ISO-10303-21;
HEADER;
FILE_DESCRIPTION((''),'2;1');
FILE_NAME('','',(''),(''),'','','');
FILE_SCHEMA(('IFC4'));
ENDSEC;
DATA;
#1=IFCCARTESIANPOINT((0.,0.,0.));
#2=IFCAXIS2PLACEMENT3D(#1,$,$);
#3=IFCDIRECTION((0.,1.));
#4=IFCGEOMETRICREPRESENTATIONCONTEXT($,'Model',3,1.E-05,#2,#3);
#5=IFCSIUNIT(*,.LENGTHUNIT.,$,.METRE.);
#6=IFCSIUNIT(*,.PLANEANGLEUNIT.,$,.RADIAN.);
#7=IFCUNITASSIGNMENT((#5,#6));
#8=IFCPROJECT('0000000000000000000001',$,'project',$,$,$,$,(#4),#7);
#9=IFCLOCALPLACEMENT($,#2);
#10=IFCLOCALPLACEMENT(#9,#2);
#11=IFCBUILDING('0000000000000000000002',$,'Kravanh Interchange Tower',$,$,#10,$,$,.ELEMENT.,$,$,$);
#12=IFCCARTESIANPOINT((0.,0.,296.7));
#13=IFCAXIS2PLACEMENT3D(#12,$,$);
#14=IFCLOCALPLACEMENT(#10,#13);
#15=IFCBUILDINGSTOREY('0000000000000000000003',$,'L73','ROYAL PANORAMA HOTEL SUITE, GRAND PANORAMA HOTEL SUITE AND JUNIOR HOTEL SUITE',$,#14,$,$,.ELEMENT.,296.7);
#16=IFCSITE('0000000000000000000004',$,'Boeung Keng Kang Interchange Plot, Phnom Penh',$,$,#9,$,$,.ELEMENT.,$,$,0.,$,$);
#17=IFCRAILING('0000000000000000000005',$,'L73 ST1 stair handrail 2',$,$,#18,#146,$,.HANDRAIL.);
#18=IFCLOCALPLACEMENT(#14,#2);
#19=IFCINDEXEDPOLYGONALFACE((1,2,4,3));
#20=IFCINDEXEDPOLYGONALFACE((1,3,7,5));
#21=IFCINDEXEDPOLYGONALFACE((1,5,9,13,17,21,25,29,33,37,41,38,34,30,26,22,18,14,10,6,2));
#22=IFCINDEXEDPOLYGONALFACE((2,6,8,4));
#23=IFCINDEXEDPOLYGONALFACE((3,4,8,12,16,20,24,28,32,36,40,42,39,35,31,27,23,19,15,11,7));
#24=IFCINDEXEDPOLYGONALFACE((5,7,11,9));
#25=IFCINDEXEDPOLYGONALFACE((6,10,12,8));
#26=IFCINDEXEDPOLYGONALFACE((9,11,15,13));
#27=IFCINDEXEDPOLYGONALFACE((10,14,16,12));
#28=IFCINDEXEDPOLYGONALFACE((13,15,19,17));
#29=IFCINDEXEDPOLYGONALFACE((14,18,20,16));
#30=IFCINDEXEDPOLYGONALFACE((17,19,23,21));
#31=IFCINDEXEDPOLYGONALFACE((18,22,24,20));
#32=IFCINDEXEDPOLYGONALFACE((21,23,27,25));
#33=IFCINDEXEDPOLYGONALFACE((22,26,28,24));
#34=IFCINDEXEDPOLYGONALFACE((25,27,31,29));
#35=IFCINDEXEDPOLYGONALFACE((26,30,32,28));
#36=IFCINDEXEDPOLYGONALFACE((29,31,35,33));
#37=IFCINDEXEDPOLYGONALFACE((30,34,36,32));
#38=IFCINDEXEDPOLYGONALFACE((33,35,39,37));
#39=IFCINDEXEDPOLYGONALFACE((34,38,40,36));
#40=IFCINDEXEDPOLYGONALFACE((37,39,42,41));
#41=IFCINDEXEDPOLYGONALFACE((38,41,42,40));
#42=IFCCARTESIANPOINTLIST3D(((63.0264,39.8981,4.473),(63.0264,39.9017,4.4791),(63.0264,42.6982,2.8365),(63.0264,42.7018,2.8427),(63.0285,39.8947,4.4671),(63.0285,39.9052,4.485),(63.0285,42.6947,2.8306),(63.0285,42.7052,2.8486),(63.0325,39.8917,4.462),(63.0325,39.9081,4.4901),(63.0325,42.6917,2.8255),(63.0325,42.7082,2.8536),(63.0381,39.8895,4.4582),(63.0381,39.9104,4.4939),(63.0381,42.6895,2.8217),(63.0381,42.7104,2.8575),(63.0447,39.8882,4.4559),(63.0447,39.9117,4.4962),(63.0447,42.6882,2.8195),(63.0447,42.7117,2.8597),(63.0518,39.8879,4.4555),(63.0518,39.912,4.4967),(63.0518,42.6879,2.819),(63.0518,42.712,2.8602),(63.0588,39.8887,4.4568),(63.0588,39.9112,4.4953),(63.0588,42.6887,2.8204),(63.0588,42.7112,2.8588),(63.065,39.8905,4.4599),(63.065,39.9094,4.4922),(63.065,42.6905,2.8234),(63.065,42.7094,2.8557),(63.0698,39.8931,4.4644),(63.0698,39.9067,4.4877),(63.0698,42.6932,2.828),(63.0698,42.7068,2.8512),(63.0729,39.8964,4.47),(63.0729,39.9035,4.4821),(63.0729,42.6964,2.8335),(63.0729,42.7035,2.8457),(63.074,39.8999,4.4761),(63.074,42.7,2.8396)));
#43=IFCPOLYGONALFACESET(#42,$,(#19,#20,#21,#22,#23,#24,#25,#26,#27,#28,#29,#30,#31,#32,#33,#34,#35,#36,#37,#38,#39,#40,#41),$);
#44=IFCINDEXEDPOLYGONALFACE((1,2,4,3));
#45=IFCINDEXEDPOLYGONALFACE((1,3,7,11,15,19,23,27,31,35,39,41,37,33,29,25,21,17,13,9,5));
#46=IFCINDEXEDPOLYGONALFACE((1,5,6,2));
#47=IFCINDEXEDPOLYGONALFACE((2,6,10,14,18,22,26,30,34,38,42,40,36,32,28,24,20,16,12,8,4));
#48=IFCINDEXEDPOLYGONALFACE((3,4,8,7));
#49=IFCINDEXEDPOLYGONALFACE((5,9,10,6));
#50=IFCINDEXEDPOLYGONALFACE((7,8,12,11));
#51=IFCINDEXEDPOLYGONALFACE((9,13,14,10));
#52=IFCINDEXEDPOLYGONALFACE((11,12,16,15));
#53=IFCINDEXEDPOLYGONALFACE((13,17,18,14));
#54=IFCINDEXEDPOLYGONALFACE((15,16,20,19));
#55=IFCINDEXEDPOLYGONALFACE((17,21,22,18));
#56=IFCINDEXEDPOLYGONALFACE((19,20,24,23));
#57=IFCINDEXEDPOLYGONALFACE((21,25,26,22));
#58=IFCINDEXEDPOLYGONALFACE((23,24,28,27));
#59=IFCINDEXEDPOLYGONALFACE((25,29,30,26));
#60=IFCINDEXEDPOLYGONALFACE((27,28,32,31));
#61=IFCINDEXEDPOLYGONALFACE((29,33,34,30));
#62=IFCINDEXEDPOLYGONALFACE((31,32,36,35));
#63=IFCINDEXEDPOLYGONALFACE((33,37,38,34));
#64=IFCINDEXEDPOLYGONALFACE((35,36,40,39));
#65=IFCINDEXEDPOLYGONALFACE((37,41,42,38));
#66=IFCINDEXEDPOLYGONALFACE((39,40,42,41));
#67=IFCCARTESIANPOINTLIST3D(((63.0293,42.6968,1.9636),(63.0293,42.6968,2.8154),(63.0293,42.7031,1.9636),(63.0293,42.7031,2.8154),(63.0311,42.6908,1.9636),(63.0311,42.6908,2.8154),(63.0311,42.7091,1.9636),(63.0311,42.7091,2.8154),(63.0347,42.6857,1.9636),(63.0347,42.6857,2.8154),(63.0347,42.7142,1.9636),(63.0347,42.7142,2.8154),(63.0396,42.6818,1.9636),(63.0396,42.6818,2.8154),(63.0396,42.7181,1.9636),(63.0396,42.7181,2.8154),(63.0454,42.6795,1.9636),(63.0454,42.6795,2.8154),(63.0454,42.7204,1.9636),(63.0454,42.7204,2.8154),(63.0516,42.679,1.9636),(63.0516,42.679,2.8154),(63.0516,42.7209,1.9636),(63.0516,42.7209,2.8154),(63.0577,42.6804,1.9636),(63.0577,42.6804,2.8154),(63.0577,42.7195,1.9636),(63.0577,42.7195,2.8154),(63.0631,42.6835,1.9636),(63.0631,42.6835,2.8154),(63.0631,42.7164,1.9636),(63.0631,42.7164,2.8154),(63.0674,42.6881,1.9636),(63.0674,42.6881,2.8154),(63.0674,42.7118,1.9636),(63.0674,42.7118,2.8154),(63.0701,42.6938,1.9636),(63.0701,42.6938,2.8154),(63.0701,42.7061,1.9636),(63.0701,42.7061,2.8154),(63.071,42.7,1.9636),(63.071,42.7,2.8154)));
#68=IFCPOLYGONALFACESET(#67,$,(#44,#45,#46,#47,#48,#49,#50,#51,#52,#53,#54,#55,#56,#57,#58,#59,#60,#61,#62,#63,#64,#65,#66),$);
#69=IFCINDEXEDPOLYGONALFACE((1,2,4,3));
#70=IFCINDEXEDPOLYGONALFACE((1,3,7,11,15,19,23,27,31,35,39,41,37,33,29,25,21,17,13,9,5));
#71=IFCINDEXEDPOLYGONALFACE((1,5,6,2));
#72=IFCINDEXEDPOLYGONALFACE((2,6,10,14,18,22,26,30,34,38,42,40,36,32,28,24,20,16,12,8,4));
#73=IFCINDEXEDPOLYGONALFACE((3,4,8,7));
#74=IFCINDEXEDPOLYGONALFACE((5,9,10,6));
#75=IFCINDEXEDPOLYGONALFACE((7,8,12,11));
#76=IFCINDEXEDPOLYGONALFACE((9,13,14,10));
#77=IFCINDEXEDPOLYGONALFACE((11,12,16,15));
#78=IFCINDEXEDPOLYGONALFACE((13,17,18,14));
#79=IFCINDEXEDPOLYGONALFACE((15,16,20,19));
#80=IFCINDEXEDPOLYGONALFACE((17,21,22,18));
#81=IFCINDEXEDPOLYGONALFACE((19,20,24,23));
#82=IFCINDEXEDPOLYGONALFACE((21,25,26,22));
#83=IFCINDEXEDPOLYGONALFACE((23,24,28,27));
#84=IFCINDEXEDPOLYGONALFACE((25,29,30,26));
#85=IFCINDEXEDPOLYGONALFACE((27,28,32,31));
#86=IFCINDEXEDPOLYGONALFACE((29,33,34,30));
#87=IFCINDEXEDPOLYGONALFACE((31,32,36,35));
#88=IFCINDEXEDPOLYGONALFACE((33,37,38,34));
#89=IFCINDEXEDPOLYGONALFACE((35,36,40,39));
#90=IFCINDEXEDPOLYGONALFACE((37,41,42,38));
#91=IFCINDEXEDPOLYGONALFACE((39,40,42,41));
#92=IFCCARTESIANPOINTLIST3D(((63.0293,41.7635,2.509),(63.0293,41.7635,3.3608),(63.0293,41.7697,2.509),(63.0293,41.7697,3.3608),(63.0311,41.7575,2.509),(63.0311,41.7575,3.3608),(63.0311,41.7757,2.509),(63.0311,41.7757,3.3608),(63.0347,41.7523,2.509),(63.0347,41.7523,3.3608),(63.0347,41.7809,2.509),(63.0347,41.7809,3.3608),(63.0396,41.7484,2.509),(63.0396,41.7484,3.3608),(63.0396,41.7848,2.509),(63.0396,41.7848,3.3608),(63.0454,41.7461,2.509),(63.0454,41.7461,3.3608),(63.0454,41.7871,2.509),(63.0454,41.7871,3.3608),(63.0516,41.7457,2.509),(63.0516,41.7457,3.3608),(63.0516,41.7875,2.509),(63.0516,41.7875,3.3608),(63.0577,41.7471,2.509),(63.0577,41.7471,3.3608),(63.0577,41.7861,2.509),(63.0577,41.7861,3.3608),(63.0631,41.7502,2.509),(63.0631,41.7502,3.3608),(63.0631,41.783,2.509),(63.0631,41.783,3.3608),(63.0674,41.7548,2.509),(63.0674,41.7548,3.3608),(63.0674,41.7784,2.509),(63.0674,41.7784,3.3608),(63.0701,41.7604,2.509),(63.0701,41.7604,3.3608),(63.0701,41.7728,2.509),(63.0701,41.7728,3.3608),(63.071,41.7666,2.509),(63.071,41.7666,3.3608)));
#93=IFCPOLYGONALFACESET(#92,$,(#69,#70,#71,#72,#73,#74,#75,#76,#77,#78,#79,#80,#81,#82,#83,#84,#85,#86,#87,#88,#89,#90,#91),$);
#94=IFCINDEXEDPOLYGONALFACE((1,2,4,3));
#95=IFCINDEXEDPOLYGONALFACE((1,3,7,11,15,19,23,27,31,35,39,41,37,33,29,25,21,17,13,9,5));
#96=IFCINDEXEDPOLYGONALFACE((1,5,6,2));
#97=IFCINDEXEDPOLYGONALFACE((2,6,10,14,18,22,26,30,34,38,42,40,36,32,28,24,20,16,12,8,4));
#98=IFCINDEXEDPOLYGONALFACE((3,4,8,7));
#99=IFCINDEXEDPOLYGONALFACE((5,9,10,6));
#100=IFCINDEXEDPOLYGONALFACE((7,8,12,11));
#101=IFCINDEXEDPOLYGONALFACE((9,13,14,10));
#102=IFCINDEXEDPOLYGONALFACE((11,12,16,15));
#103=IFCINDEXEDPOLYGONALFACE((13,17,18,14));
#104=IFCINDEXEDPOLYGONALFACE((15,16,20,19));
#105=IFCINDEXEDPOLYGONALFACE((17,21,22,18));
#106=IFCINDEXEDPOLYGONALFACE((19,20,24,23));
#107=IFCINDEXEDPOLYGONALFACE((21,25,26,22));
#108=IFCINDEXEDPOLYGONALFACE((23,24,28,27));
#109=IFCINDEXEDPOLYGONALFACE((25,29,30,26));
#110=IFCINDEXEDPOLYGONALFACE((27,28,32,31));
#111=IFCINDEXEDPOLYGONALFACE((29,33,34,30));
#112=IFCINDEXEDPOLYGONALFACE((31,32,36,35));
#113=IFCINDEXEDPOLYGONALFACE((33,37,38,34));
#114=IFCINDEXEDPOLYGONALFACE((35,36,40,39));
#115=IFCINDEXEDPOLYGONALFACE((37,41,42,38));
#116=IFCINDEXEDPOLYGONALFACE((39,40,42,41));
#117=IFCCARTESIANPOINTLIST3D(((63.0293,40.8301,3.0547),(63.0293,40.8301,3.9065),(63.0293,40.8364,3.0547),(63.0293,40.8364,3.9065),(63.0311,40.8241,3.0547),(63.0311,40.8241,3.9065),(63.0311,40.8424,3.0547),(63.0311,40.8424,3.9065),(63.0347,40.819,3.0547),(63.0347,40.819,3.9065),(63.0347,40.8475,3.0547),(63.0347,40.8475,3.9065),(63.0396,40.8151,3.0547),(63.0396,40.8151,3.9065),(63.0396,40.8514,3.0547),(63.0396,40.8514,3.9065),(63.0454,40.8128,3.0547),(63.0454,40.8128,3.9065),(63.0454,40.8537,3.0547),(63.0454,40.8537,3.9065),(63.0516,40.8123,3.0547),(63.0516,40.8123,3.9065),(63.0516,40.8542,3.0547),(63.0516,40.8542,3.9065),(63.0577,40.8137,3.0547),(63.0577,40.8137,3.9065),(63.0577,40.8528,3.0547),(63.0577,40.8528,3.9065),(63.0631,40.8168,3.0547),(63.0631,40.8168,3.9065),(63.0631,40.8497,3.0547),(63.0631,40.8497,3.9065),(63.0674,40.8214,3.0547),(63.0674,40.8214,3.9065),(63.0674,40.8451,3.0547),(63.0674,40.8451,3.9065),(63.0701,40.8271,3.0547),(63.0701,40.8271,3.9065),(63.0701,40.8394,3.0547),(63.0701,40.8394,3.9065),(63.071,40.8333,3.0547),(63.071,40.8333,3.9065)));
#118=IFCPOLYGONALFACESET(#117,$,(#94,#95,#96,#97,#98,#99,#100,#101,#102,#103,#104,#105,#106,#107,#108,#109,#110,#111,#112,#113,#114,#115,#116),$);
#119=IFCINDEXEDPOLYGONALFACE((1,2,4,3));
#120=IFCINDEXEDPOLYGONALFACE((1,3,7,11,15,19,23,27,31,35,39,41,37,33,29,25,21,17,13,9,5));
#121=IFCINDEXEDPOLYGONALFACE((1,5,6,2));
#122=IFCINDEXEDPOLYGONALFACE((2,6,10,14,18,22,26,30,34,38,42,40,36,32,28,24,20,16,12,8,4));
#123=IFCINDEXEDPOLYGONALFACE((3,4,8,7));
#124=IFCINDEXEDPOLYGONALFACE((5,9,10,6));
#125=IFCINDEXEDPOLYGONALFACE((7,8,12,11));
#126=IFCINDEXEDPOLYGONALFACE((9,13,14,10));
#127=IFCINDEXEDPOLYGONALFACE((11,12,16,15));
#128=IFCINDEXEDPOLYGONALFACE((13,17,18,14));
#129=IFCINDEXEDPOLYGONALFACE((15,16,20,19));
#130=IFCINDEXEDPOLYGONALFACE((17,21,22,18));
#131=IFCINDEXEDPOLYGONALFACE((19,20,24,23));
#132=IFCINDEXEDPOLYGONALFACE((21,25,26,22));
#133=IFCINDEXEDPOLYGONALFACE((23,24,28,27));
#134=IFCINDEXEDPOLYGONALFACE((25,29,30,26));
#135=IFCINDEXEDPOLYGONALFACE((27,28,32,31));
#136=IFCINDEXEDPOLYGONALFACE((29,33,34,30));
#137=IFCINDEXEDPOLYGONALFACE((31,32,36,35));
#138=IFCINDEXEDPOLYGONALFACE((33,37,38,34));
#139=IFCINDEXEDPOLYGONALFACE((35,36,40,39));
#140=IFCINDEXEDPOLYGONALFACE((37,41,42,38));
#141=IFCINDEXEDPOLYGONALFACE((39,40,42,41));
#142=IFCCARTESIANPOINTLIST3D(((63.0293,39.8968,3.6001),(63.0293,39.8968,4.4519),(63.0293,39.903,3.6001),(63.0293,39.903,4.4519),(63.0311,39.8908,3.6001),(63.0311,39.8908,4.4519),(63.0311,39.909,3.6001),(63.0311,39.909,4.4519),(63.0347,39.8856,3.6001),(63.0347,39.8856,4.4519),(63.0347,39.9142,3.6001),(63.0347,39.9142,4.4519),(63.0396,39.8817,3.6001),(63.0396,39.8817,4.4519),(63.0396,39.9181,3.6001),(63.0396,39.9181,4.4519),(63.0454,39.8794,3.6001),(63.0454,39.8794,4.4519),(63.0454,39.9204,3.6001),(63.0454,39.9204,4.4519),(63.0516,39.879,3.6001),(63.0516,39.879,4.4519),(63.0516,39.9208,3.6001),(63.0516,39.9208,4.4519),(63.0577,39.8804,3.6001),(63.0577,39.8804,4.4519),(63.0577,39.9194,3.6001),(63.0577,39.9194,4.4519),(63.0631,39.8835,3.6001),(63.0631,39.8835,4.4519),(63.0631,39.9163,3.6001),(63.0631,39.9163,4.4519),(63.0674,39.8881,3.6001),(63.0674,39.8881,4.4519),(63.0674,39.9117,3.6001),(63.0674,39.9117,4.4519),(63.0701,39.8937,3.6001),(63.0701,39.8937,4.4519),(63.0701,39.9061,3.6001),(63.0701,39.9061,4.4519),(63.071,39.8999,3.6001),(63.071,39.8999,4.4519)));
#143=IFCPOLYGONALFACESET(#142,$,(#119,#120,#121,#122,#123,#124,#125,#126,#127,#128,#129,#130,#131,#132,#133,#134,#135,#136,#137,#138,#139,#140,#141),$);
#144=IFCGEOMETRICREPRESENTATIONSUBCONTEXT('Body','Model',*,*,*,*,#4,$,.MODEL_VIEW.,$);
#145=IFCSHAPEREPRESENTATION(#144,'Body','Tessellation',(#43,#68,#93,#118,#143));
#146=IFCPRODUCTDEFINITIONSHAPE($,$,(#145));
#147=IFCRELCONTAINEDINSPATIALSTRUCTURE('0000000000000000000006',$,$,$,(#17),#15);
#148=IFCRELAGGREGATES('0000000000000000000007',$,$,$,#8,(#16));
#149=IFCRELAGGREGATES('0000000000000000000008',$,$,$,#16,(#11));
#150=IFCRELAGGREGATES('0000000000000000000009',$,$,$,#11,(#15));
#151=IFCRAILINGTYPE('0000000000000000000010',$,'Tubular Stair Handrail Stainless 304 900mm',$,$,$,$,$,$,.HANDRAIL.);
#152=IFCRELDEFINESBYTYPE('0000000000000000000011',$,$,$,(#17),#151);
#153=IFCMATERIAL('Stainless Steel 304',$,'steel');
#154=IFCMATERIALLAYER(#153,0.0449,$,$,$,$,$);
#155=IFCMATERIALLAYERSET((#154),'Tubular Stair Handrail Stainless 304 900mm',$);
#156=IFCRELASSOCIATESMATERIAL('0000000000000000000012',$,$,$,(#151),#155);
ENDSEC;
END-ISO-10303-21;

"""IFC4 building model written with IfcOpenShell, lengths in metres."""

from ifc_helpers import new_model, si_unit, direction, frame, origin, origin_2d, place, context, subcontext, project, spatial, circle, extrude, material, layer, layer_set, type_object, element, save


model = new_model("IFC4")

# Units and contexts
model_context = context("Model", 3, precision=1e-05, world=origin(), true_north=direction((0.0, 1.0)))
body_context = subcontext(model_context, "Body", "Model", "MODEL_VIEW")
ifc_project = project(units=[si_unit("LENGTHUNIT", "METRE"), si_unit("PLANEANGLEUNIT", "RADIAN")], contexts=[model_context])

# Site, building, storey
site_placement = place(None, origin())
site = spatial("IfcSite", under=ifc_project, at=site_placement, Name="Boeung Keng Kang Interchange Plot, Phnom Penh", CompositionType="ELEMENT", RefElevation=0.0)
building_placement = place(site_placement, origin())
building = spatial("IfcBuilding", under=site, at=building_placement, Name="Kravanh Interchange Tower", CompositionType="ELEMENT")
storey_placement = place(building_placement, frame((0.0, 0.0, 296.7)))
storey = spatial("IfcBuildingStorey", under=building, at=storey_placement, Name="L73", Description="ROYAL PANORAMA HOTEL SUITE, GRAND PANORAMA HOTEL SUITE AND JUNIOR HOTEL SUITE", CompositionType="ELEMENT", Elevation=296.7)

# Railing
ifc_material_1 = material(Name="Stainless Steel 304", Category="steel")
ifc_layer_1 = layer(ifc_material_1, 0.0449)
ifc_layer_set_1 = layer_set([ifc_layer_1], Name="Tubular Stair Handrail Stainless 304 900mm")
railing_type_1 = type_object("IfcRailingType", Name="Tubular Stair Handrail Stainless 304 900mm", PredefinedType="HANDRAIL", material=ifc_layer_set_1)
railing_1_placement = place(storey_placement, frame((63.05, 42.7, 1.9636)))
element("IfcRailing", 1, at=railing_1_placement, inside=storey, type_object=railing_type_1, Name="L73 ST1 stair handrail 2", PredefinedType="HANDRAIL", context=body_context, shape_type="SweptSolid", body=[
    extrude(circle(Radius=0.0239, at=origin_2d()), frame((0.0, 0.0, 0.876), z_axis=(0.0, -0.863361, 0.504587), x_axis=(1.0, 0.0, 0.0)), (0.0, 0.0, 1.0), 3.2432),
    extrude(circle(Radius=0.021, at=origin_2d()), origin(), (0.0, 0.0, 1.0), 0.8518),
    extrude(circle(Radius=0.021, at=origin_2d()), frame((0.0, -0.9333, 0.5454)), (0.0, 0.0, 1.0), 0.8518),
    extrude(circle(Radius=0.021, at=origin_2d()), frame((0.0, -1.8667, 1.0911)), (0.0, 0.0, 1.0), 0.8518),
    extrude(circle(Radius=0.021, at=origin_2d()), frame((0.0, -2.8, 1.6365)), (0.0, 0.0, 1.0), 0.8518),
])

save(model, "model.ifc")
